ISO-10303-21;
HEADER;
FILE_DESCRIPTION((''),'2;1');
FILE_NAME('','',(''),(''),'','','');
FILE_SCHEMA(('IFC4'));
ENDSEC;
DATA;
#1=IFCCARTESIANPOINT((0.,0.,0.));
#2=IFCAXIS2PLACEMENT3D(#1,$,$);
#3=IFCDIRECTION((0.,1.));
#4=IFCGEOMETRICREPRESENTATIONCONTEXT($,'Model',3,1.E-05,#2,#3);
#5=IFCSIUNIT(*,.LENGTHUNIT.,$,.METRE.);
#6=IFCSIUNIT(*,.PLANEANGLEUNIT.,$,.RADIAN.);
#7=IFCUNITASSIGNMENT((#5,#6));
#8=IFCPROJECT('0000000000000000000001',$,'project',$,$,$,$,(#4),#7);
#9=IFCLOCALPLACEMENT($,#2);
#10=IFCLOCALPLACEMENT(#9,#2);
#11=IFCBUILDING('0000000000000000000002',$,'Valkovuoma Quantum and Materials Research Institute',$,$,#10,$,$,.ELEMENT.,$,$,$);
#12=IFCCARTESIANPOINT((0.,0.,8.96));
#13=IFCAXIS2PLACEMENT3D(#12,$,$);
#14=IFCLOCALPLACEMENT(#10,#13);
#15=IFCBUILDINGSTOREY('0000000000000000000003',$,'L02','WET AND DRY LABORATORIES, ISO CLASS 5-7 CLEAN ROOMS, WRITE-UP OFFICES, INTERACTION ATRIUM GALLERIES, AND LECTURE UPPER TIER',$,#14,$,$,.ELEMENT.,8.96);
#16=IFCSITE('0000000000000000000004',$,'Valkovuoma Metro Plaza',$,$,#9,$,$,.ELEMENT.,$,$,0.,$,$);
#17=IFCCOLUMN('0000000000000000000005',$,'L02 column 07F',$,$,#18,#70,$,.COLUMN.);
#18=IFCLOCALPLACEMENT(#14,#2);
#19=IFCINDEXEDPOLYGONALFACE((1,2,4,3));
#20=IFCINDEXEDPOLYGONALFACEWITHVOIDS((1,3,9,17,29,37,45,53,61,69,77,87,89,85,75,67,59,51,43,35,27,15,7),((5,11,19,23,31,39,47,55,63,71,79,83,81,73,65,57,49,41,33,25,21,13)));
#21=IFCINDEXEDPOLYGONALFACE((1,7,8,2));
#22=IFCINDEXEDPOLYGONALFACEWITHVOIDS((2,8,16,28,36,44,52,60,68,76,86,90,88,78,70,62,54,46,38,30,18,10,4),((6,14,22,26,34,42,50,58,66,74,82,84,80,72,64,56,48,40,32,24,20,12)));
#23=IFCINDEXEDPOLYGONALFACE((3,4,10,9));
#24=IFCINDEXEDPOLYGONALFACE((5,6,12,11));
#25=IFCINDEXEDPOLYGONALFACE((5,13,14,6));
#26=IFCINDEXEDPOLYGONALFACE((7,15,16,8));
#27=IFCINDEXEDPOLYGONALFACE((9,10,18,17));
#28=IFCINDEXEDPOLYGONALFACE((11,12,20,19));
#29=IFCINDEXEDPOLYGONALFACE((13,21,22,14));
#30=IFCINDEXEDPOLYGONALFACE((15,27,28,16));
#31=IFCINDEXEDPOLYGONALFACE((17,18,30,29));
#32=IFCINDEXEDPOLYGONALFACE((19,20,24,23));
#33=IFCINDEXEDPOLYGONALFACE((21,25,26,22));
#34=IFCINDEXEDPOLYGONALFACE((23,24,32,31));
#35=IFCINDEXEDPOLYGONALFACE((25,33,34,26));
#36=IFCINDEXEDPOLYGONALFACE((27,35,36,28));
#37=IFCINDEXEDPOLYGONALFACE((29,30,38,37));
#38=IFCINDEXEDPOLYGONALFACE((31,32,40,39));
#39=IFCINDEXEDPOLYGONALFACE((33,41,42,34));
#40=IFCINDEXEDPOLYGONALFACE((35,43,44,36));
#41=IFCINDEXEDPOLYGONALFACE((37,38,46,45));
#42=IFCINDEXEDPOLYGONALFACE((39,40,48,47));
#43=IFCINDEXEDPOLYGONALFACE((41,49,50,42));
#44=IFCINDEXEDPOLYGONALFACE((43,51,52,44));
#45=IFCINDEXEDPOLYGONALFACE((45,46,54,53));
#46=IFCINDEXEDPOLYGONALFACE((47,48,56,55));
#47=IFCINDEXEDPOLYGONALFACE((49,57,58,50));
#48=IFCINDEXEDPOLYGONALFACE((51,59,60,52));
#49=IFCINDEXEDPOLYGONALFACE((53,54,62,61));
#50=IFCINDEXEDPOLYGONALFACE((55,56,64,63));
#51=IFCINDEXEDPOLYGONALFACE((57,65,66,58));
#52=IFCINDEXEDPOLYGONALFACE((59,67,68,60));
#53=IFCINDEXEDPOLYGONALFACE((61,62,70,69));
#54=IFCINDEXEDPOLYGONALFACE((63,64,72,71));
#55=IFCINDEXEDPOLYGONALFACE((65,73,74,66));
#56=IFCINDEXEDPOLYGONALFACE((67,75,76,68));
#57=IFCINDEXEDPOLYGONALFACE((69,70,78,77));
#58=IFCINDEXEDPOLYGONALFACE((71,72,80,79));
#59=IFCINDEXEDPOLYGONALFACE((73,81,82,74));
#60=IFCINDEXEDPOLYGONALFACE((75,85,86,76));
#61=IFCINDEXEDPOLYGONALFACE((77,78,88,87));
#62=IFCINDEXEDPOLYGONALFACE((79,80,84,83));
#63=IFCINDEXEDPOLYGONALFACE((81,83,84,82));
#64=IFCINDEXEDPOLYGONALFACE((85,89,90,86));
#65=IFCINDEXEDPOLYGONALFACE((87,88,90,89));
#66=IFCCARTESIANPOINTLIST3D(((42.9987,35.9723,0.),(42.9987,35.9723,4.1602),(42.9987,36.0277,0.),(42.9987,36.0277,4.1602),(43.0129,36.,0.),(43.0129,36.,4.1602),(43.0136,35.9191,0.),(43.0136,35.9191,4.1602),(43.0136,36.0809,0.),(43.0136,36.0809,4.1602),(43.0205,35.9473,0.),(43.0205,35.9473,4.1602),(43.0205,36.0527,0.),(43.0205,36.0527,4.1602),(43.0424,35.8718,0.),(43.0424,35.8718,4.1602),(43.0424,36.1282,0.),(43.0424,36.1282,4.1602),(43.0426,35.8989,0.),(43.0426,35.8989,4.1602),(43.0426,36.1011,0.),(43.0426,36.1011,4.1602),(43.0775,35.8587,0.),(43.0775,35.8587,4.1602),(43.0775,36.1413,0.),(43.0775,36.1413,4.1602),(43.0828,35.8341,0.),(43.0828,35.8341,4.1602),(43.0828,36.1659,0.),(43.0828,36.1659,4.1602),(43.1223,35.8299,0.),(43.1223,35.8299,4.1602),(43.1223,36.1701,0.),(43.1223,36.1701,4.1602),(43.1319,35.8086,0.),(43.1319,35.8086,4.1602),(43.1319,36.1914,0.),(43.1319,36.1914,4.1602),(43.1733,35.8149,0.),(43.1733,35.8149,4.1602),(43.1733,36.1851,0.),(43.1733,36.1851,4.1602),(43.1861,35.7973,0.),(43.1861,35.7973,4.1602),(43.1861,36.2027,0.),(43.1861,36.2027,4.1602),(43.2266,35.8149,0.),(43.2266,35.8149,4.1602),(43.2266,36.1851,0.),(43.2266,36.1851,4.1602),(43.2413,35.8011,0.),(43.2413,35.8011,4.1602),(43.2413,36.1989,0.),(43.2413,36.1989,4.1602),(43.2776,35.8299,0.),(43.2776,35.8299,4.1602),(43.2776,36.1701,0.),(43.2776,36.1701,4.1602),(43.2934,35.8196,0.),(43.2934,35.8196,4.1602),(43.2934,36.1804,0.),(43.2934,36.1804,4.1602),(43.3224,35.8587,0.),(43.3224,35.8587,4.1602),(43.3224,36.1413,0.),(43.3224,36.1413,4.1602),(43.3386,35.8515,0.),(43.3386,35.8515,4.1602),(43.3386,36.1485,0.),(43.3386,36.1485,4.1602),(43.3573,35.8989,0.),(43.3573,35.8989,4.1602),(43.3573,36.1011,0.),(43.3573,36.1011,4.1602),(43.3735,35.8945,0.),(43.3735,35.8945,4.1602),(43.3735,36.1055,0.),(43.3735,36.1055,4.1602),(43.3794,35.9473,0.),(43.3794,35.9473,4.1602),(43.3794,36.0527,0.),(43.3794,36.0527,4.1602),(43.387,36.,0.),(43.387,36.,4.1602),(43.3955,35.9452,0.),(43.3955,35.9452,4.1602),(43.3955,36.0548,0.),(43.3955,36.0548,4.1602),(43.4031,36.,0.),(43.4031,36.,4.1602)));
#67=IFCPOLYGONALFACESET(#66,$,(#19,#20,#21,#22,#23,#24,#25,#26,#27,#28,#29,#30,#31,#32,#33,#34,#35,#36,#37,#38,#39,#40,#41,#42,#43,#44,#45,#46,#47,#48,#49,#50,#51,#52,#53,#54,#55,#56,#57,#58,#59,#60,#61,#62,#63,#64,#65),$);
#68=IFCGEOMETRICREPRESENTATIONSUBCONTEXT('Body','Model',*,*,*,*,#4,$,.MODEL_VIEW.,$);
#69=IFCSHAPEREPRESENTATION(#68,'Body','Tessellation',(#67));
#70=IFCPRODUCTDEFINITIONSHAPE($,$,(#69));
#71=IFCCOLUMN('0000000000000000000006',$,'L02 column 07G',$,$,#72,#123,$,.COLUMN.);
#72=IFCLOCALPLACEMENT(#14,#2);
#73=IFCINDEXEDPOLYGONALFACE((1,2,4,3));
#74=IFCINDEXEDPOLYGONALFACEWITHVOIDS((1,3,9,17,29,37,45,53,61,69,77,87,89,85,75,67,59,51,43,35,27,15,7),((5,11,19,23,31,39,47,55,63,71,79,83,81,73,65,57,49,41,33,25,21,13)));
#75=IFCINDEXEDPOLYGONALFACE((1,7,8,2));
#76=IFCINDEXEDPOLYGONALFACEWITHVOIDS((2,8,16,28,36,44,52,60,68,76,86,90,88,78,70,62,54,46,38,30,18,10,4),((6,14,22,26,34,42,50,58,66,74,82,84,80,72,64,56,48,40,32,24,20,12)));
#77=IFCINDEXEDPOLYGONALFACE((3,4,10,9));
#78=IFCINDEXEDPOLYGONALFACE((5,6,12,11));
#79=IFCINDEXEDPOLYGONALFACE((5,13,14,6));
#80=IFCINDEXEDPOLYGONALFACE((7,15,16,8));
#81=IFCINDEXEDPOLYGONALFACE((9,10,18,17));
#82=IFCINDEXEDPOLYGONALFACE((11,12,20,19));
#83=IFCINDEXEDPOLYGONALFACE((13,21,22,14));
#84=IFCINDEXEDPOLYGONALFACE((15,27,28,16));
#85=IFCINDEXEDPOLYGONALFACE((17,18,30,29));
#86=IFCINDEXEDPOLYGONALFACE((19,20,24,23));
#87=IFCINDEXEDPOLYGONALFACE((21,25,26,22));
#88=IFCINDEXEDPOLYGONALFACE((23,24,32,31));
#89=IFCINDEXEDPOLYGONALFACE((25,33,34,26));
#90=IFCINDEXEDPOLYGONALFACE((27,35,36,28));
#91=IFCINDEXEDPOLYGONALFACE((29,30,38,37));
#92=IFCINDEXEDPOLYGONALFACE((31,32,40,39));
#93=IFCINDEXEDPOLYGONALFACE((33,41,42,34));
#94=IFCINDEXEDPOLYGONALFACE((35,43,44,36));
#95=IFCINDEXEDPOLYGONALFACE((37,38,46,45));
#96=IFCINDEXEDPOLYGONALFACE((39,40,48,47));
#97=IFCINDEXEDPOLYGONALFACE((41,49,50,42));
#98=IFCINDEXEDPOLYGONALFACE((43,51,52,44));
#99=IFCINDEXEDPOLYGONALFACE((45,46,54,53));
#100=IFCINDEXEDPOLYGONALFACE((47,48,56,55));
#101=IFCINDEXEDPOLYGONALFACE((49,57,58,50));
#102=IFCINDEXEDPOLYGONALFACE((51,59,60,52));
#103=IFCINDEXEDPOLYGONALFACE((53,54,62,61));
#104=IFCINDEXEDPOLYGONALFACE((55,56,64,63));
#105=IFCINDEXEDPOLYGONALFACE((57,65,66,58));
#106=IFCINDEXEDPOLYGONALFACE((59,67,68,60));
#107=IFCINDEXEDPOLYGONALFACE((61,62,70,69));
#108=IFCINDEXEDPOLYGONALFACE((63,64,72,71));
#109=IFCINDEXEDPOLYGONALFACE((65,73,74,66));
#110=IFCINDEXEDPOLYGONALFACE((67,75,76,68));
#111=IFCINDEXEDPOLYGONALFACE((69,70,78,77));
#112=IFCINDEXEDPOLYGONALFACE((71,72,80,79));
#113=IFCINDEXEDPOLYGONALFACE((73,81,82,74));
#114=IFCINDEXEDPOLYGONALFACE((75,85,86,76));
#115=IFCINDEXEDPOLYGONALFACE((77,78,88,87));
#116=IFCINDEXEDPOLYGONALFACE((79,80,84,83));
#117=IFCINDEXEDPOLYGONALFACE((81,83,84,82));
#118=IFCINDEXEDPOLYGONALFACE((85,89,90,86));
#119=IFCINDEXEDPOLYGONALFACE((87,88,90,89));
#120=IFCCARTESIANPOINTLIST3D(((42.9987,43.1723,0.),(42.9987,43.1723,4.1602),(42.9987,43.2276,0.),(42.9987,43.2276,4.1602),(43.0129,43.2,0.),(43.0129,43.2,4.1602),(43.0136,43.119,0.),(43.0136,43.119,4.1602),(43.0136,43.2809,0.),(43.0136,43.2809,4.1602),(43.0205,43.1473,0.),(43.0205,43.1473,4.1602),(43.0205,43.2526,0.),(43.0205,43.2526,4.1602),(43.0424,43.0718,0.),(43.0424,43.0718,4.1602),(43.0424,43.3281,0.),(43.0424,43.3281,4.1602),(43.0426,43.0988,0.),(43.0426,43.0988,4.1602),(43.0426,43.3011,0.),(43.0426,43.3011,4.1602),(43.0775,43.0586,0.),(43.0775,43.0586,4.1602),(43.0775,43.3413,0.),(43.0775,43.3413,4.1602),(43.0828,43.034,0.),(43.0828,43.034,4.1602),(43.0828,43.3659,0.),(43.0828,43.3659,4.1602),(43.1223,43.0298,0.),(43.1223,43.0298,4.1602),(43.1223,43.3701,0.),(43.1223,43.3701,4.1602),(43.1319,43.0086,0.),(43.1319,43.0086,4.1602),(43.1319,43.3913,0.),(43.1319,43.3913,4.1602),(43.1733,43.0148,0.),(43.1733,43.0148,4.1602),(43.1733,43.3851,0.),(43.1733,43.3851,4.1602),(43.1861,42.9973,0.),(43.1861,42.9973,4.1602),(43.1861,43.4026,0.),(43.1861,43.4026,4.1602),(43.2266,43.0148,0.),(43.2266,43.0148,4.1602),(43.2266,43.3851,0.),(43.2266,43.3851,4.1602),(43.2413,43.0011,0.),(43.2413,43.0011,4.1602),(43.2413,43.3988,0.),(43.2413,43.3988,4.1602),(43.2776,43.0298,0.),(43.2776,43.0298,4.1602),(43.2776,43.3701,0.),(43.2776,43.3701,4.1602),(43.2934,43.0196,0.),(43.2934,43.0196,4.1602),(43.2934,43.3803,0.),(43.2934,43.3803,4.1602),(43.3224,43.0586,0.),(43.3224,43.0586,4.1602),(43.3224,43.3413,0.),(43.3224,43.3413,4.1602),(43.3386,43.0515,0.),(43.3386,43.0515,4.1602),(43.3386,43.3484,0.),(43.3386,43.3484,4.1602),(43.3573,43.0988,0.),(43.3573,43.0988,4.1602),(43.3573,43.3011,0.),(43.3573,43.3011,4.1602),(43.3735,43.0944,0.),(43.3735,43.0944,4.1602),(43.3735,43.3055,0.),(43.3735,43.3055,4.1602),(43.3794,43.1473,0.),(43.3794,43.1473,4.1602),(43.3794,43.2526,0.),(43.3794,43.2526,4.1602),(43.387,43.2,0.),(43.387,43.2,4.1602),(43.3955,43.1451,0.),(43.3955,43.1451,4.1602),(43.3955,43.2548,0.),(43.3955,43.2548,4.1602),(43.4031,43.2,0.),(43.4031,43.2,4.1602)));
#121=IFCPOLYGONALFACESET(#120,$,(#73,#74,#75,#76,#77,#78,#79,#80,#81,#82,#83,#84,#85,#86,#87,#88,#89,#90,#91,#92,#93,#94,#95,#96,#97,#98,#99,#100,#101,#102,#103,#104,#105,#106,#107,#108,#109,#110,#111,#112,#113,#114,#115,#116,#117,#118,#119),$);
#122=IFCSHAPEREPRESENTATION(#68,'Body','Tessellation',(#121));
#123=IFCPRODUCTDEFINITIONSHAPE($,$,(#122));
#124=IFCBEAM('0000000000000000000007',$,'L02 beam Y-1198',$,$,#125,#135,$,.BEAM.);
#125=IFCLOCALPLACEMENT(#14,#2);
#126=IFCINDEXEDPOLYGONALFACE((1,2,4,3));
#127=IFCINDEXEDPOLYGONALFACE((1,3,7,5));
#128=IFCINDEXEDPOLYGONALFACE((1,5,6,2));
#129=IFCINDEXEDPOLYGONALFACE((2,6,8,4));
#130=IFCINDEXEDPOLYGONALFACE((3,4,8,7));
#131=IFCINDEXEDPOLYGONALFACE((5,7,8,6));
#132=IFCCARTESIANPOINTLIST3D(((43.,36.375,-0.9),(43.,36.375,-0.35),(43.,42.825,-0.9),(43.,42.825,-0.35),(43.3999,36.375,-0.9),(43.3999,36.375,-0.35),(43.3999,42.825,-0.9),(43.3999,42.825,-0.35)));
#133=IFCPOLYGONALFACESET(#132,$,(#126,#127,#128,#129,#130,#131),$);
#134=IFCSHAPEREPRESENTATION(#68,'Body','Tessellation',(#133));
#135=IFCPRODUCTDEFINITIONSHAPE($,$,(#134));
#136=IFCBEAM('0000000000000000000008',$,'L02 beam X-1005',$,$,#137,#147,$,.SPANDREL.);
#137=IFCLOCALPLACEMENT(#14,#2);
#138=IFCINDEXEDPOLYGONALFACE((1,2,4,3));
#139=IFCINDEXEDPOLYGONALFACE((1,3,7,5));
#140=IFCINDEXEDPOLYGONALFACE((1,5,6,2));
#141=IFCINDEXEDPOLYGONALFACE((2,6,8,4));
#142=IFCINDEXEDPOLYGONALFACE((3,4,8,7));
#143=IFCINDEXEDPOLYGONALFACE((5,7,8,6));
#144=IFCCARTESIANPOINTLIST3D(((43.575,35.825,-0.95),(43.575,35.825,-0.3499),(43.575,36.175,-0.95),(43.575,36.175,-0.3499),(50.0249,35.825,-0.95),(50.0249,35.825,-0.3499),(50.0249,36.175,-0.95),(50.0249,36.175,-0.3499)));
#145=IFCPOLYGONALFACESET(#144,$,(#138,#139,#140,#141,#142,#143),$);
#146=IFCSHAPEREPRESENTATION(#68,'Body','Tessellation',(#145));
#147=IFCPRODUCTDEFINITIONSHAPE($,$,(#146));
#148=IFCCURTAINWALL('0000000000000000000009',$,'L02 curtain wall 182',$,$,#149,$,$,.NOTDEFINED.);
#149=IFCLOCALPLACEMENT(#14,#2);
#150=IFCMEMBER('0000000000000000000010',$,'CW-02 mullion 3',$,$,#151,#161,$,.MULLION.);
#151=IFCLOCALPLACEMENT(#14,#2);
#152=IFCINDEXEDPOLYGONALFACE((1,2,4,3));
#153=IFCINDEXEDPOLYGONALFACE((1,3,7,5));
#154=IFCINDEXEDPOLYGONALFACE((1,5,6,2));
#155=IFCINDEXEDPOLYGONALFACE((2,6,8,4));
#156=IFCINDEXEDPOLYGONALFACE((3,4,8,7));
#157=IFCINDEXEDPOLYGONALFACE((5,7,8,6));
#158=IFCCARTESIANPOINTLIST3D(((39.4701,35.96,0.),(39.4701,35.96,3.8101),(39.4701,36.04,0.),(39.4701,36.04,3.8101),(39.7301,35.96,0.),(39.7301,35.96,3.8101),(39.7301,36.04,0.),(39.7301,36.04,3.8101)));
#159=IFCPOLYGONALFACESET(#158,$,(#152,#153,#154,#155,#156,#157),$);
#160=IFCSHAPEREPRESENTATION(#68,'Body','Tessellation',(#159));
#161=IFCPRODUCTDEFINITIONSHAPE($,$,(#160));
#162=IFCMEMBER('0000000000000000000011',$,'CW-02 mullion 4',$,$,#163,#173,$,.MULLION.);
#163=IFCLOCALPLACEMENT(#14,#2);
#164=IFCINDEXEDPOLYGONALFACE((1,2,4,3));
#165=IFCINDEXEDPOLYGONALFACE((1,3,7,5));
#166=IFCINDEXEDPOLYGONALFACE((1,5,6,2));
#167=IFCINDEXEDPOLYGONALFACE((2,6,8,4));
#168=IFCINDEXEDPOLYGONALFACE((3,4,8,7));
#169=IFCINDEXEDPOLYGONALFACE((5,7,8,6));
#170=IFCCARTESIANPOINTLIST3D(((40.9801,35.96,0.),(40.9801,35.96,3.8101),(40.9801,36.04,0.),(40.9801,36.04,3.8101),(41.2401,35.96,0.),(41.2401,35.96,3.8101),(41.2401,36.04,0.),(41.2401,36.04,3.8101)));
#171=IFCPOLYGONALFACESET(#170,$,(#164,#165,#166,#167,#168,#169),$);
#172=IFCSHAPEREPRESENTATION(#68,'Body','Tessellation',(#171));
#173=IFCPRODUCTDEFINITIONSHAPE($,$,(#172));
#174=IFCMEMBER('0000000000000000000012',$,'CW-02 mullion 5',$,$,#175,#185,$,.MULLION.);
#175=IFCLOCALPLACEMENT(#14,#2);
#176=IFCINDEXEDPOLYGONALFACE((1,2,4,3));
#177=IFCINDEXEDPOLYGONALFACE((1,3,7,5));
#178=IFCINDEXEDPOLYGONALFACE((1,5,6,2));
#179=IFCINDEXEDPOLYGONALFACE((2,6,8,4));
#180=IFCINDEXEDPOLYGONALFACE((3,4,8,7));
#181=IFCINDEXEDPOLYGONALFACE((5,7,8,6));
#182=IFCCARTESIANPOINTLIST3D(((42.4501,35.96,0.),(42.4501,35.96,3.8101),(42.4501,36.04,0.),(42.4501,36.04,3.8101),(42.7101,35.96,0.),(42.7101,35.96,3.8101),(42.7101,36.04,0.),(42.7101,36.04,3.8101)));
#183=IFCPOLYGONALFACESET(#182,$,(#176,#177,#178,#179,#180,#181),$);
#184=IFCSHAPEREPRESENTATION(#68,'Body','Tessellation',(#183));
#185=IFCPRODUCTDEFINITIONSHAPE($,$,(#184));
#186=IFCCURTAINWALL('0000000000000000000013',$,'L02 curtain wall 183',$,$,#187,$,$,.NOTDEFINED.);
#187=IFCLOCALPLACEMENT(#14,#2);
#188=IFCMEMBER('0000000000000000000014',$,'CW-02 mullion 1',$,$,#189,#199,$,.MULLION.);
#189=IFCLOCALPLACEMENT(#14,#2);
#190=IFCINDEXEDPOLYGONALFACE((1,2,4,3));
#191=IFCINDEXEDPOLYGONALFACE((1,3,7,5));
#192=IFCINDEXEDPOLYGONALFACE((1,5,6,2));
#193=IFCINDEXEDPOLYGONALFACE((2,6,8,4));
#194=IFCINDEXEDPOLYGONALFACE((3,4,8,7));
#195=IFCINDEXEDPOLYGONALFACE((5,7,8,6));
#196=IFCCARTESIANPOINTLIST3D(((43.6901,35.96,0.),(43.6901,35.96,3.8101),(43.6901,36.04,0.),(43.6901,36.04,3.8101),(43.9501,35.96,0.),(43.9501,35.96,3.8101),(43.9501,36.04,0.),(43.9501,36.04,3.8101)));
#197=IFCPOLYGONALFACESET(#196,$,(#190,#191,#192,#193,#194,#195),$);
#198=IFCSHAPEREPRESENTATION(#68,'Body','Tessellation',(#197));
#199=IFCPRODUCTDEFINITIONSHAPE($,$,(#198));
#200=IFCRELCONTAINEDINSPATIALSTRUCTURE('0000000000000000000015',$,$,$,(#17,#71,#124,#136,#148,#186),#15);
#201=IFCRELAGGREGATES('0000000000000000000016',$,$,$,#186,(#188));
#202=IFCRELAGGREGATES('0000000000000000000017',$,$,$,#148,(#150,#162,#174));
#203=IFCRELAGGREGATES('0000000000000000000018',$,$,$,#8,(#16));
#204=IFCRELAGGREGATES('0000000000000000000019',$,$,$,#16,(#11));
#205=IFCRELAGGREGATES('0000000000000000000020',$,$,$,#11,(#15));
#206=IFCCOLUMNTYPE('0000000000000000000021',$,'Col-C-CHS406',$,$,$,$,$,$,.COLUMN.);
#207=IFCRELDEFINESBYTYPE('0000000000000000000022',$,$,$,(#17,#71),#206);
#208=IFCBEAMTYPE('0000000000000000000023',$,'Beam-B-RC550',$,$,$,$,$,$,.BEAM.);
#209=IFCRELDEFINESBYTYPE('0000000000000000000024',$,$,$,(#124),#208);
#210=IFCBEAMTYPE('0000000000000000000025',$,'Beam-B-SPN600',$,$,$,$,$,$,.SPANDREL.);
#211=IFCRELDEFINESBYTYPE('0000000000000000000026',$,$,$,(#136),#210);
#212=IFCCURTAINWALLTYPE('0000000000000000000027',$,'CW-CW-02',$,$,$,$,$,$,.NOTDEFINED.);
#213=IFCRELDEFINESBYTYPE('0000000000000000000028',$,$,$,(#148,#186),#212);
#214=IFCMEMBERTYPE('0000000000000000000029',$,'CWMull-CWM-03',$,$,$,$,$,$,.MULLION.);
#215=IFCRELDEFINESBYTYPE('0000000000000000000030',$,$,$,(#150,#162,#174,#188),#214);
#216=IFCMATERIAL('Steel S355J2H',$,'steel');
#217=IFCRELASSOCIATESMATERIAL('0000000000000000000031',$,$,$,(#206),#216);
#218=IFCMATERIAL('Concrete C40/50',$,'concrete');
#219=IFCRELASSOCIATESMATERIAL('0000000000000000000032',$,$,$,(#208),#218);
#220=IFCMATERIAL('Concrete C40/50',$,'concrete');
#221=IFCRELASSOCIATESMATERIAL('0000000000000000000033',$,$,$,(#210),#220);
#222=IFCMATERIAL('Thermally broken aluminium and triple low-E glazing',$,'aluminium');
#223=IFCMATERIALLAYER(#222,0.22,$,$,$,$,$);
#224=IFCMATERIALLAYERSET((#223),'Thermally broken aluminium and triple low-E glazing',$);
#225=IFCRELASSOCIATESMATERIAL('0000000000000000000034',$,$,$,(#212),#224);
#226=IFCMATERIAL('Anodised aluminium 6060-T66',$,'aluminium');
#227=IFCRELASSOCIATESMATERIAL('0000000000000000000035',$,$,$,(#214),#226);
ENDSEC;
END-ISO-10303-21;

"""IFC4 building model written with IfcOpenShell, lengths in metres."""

from ifc_helpers import new_model, si_unit, direction, frame, origin, origin_2d, place, context, subcontext, project, spatial, rectangle, hollow_circle, extrude, material, layer, layer_set, material_profile, profile_set, type_object, element, aggregate, save


model = new_model("IFC4")

# Units and contexts
model_context = context("Model", 3, precision=1e-05, world=origin(), true_north=direction((0.0, 1.0)))
body_context = subcontext(model_context, "Body", "Model", "MODEL_VIEW")
ifc_project = project(units=[si_unit("LENGTHUNIT", "METRE"), si_unit("PLANEANGLEUNIT", "RADIAN")], contexts=[model_context])

# Site, building, storey
site_placement = place(None, origin())
site = spatial("IfcSite", under=ifc_project, at=site_placement, Name="Valkovuoma Metro Plaza", CompositionType="ELEMENT", RefElevation=0.0)
building_placement = place(site_placement, origin())
building = spatial("IfcBuilding", under=site, at=building_placement, Name="Valkovuoma Quantum and Materials Research Institute", CompositionType="ELEMENT")
storey_placement = place(building_placement, frame((0.0, 0.0, 8.96)))
storey = spatial("IfcBuildingStorey", under=building, at=storey_placement, Name="L02", Description="WET AND DRY LABORATORIES, ISO CLASS 5-7 CLEAN ROOMS, WRITE-UP OFFICES, INTERACTION ATRIUM GALLERIES, AND LECTURE UPPER TIER", CompositionType="ELEMENT", Elevation=8.96)

# Columns
ifc_material_1 = material(Name="Steel S355J2H", Category="steel")
ifc_material_profile_1 = material_profile(ifc_material_1, hollow_circle(Radius=0.2031, WallThickness=0.0161, at=origin_2d()), Name="Steel S355J2H")
ifc_profile_set_1 = profile_set([ifc_material_profile_1], Name="Steel S355J2H")
column_type = type_object("IfcColumnType", Name="Col-C-CHS406", PredefinedType="COLUMN", material=ifc_profile_set_1)
for number, where, z_axis, x_axis, name in (
    (1, (43.2, 36.0, 0.0), (0.0, 0.0, 1.0), (1.0, 0.0, 0.0), "L02 column 07F"),
    (2, (43.2, 43.2, 0.0), (0.0, 0.0, 1.0), (1.0, 0.0, 0.0), "L02 column 07G"),
):
    element("IfcColumn", number, at=place(storey_placement, frame(where, z_axis=z_axis, x_axis=x_axis)), inside=storey, type_object=column_type, Name=name, PredefinedType="COLUMN", context=body_context, shape_type="SweptSolid", body=[
        extrude(hollow_circle(Radius=0.2031, WallThickness=0.0161, at=origin_2d()), origin(), (0.0, 0.0, 1.0), 4.1602),
    ])

# Beams
ifc_material_2 = material(Name="Concrete C40/50", Category="concrete")
ifc_material_profile_2 = material_profile(ifc_material_2, rectangle(XDim=0.3999, YDim=0.55, at=origin_2d()), Name="Concrete C40/50")
ifc_profile_set_2 = profile_set([ifc_material_profile_2], Name="Concrete C40/50")
beam_type_1 = type_object("IfcBeamType", Name="Beam-B-RC550", PredefinedType="BEAM", material=ifc_profile_set_2)
beam_1_placement = place(storey_placement, frame((43.2, 36.375, -0.625), z_axis=(0.0, 1.0, 0.0), x_axis=(-1.0, 0.0, 0.0)))
element("IfcBeam", 3, at=beam_1_placement, inside=storey, type_object=beam_type_1, Name="L02 beam Y-1198", PredefinedType="BEAM", context=body_context, shape_type="SweptSolid", body=[
    extrude(rectangle(XDim=0.3999, YDim=0.55, at=origin_2d()), origin(), (0.0, 0.0, 1.0), 6.45),
])
ifc_material_3 = material(Name="Concrete C40/50", Category="concrete")
ifc_material_profile_3 = material_profile(ifc_material_3, rectangle(XDim=0.3501, YDim=0.6001, at=origin_2d()), Name="Concrete C40/50")
ifc_profile_set_3 = profile_set([ifc_material_profile_3], Name="Concrete C40/50")
beam_type_2 = type_object("IfcBeamType", Name="Beam-B-SPN600", PredefinedType="SPANDREL", material=ifc_profile_set_3)
beam_2_placement = place(storey_placement, frame((43.575, 36.0, -0.6499), z_axis=(1.0, 0.0, 0.0), x_axis=(0.0, 1.0, 0.0)))
element("IfcBeam", 4, at=beam_2_placement, inside=storey, type_object=beam_type_2, Name="L02 beam X-1005", PredefinedType="SPANDREL", context=body_context, shape_type="SweptSolid", body=[
    extrude(rectangle(XDim=0.3501, YDim=0.6001, at=origin_2d()), origin(), (0.0, 0.0, 1.0), 6.45),
])

# Curtain wall, members
ifc_material_4 = material(Name="Thermally broken aluminium and triple low-E glazing", Category="aluminium")
ifc_layer_1 = layer(ifc_material_4, 0.22)
ifc_layer_set_1 = layer_set([ifc_layer_1], Name="Thermally broken aluminium and triple low-E glazing")
curtain_wall_type = type_object("IfcCurtainWallType", Name="CW-CW-02", PredefinedType="NOTDEFINED", material=ifc_layer_set_1)
curtain_wall_1_placement = place(storey_placement, origin())
curtain_wall_1 = element("IfcCurtainWall", 5, at=curtain_wall_1_placement, inside=storey, type_object=curtain_wall_type, Name="L02 curtain wall 182", PredefinedType="NOTDEFINED")
ifc_material_5 = material(Name="Anodised aluminium 6060-T66", Category="aluminium")
ifc_material_profile_4 = material_profile(ifc_material_5, rectangle(XDim=0.0801, YDim=0.26, at=origin_2d()), Name="Anodised aluminium 6060-T66")
ifc_profile_set_4 = profile_set([ifc_material_profile_4], Name="Anodised aluminium 6060-T66")
member_type_1 = type_object("IfcMemberType", Name="CWMull-CWM-03", PredefinedType="MULLION", material=ifc_profile_set_4)
member_1_placement = place(storey_placement, frame((39.6001, 36.0, 0.0), z_axis=(0.0, 0.0, 1.0), x_axis=(0.0, 1.0, 0.0)))
member_1 = element("IfcMember", 6, at=member_1_placement, type_object=member_type_1, Name="CW-02 mullion 3", PredefinedType="MULLION", context=body_context, shape_type="SweptSolid", body=[
    extrude(rectangle(XDim=0.0801, YDim=0.26, at=origin_2d()), origin(), (0.0, 0.0, 1.0), 3.8101),
])
member_2_placement = place(storey_placement, frame((41.1101, 36.0, 0.0), z_axis=(0.0, 0.0, 1.0), x_axis=(0.0, 1.0, 0.0)))
member_2 = element("IfcMember", 7, at=member_2_placement, type_object=member_type_1, Name="CW-02 mullion 4", PredefinedType="MULLION", context=body_context, shape_type="SweptSolid", body=[
    extrude(rectangle(XDim=0.0801, YDim=0.26, at=origin_2d()), origin(), (0.0, 0.0, 1.0), 3.8101),
])
member_3_placement = place(storey_placement, frame((42.5801, 36.0, 0.0), z_axis=(0.0, 0.0, 1.0), x_axis=(0.0, 1.0, 0.0)))
member_3 = element("IfcMember", 8, at=member_3_placement, type_object=member_type_1, Name="CW-02 mullion 5", PredefinedType="MULLION", context=body_context, shape_type="SweptSolid", body=[
    extrude(rectangle(XDim=0.0801, YDim=0.26, at=origin_2d()), origin(), (0.0, 0.0, 1.0), 3.8101),
])

# Curtain wall, member
curtain_wall_2_placement = place(storey_placement, origin())
curtain_wall_2 = element("IfcCurtainWall", 9, at=curtain_wall_2_placement, inside=storey, type_object=curtain_wall_type, Name="L02 curtain wall 183", PredefinedType="NOTDEFINED")
member_4_placement = place(storey_placement, frame((43.8201, 36.0, 0.0), z_axis=(0.0, 0.0, 1.0), x_axis=(0.0, 1.0, 0.0)))
member_4 = element("IfcMember", 10, at=member_4_placement, type_object=member_type_1, Name="CW-02 mullion 1", PredefinedType="MULLION", context=body_context, shape_type="SweptSolid", body=[
    extrude(rectangle(XDim=0.0801, YDim=0.26, at=origin_2d()), origin(), (0.0, 0.0, 1.0), 3.8101),
])
aggregate(curtain_wall_2, [member_4])

aggregate(curtain_wall_1, [member_1, member_2, member_3])

save(model, "model.ifc")
